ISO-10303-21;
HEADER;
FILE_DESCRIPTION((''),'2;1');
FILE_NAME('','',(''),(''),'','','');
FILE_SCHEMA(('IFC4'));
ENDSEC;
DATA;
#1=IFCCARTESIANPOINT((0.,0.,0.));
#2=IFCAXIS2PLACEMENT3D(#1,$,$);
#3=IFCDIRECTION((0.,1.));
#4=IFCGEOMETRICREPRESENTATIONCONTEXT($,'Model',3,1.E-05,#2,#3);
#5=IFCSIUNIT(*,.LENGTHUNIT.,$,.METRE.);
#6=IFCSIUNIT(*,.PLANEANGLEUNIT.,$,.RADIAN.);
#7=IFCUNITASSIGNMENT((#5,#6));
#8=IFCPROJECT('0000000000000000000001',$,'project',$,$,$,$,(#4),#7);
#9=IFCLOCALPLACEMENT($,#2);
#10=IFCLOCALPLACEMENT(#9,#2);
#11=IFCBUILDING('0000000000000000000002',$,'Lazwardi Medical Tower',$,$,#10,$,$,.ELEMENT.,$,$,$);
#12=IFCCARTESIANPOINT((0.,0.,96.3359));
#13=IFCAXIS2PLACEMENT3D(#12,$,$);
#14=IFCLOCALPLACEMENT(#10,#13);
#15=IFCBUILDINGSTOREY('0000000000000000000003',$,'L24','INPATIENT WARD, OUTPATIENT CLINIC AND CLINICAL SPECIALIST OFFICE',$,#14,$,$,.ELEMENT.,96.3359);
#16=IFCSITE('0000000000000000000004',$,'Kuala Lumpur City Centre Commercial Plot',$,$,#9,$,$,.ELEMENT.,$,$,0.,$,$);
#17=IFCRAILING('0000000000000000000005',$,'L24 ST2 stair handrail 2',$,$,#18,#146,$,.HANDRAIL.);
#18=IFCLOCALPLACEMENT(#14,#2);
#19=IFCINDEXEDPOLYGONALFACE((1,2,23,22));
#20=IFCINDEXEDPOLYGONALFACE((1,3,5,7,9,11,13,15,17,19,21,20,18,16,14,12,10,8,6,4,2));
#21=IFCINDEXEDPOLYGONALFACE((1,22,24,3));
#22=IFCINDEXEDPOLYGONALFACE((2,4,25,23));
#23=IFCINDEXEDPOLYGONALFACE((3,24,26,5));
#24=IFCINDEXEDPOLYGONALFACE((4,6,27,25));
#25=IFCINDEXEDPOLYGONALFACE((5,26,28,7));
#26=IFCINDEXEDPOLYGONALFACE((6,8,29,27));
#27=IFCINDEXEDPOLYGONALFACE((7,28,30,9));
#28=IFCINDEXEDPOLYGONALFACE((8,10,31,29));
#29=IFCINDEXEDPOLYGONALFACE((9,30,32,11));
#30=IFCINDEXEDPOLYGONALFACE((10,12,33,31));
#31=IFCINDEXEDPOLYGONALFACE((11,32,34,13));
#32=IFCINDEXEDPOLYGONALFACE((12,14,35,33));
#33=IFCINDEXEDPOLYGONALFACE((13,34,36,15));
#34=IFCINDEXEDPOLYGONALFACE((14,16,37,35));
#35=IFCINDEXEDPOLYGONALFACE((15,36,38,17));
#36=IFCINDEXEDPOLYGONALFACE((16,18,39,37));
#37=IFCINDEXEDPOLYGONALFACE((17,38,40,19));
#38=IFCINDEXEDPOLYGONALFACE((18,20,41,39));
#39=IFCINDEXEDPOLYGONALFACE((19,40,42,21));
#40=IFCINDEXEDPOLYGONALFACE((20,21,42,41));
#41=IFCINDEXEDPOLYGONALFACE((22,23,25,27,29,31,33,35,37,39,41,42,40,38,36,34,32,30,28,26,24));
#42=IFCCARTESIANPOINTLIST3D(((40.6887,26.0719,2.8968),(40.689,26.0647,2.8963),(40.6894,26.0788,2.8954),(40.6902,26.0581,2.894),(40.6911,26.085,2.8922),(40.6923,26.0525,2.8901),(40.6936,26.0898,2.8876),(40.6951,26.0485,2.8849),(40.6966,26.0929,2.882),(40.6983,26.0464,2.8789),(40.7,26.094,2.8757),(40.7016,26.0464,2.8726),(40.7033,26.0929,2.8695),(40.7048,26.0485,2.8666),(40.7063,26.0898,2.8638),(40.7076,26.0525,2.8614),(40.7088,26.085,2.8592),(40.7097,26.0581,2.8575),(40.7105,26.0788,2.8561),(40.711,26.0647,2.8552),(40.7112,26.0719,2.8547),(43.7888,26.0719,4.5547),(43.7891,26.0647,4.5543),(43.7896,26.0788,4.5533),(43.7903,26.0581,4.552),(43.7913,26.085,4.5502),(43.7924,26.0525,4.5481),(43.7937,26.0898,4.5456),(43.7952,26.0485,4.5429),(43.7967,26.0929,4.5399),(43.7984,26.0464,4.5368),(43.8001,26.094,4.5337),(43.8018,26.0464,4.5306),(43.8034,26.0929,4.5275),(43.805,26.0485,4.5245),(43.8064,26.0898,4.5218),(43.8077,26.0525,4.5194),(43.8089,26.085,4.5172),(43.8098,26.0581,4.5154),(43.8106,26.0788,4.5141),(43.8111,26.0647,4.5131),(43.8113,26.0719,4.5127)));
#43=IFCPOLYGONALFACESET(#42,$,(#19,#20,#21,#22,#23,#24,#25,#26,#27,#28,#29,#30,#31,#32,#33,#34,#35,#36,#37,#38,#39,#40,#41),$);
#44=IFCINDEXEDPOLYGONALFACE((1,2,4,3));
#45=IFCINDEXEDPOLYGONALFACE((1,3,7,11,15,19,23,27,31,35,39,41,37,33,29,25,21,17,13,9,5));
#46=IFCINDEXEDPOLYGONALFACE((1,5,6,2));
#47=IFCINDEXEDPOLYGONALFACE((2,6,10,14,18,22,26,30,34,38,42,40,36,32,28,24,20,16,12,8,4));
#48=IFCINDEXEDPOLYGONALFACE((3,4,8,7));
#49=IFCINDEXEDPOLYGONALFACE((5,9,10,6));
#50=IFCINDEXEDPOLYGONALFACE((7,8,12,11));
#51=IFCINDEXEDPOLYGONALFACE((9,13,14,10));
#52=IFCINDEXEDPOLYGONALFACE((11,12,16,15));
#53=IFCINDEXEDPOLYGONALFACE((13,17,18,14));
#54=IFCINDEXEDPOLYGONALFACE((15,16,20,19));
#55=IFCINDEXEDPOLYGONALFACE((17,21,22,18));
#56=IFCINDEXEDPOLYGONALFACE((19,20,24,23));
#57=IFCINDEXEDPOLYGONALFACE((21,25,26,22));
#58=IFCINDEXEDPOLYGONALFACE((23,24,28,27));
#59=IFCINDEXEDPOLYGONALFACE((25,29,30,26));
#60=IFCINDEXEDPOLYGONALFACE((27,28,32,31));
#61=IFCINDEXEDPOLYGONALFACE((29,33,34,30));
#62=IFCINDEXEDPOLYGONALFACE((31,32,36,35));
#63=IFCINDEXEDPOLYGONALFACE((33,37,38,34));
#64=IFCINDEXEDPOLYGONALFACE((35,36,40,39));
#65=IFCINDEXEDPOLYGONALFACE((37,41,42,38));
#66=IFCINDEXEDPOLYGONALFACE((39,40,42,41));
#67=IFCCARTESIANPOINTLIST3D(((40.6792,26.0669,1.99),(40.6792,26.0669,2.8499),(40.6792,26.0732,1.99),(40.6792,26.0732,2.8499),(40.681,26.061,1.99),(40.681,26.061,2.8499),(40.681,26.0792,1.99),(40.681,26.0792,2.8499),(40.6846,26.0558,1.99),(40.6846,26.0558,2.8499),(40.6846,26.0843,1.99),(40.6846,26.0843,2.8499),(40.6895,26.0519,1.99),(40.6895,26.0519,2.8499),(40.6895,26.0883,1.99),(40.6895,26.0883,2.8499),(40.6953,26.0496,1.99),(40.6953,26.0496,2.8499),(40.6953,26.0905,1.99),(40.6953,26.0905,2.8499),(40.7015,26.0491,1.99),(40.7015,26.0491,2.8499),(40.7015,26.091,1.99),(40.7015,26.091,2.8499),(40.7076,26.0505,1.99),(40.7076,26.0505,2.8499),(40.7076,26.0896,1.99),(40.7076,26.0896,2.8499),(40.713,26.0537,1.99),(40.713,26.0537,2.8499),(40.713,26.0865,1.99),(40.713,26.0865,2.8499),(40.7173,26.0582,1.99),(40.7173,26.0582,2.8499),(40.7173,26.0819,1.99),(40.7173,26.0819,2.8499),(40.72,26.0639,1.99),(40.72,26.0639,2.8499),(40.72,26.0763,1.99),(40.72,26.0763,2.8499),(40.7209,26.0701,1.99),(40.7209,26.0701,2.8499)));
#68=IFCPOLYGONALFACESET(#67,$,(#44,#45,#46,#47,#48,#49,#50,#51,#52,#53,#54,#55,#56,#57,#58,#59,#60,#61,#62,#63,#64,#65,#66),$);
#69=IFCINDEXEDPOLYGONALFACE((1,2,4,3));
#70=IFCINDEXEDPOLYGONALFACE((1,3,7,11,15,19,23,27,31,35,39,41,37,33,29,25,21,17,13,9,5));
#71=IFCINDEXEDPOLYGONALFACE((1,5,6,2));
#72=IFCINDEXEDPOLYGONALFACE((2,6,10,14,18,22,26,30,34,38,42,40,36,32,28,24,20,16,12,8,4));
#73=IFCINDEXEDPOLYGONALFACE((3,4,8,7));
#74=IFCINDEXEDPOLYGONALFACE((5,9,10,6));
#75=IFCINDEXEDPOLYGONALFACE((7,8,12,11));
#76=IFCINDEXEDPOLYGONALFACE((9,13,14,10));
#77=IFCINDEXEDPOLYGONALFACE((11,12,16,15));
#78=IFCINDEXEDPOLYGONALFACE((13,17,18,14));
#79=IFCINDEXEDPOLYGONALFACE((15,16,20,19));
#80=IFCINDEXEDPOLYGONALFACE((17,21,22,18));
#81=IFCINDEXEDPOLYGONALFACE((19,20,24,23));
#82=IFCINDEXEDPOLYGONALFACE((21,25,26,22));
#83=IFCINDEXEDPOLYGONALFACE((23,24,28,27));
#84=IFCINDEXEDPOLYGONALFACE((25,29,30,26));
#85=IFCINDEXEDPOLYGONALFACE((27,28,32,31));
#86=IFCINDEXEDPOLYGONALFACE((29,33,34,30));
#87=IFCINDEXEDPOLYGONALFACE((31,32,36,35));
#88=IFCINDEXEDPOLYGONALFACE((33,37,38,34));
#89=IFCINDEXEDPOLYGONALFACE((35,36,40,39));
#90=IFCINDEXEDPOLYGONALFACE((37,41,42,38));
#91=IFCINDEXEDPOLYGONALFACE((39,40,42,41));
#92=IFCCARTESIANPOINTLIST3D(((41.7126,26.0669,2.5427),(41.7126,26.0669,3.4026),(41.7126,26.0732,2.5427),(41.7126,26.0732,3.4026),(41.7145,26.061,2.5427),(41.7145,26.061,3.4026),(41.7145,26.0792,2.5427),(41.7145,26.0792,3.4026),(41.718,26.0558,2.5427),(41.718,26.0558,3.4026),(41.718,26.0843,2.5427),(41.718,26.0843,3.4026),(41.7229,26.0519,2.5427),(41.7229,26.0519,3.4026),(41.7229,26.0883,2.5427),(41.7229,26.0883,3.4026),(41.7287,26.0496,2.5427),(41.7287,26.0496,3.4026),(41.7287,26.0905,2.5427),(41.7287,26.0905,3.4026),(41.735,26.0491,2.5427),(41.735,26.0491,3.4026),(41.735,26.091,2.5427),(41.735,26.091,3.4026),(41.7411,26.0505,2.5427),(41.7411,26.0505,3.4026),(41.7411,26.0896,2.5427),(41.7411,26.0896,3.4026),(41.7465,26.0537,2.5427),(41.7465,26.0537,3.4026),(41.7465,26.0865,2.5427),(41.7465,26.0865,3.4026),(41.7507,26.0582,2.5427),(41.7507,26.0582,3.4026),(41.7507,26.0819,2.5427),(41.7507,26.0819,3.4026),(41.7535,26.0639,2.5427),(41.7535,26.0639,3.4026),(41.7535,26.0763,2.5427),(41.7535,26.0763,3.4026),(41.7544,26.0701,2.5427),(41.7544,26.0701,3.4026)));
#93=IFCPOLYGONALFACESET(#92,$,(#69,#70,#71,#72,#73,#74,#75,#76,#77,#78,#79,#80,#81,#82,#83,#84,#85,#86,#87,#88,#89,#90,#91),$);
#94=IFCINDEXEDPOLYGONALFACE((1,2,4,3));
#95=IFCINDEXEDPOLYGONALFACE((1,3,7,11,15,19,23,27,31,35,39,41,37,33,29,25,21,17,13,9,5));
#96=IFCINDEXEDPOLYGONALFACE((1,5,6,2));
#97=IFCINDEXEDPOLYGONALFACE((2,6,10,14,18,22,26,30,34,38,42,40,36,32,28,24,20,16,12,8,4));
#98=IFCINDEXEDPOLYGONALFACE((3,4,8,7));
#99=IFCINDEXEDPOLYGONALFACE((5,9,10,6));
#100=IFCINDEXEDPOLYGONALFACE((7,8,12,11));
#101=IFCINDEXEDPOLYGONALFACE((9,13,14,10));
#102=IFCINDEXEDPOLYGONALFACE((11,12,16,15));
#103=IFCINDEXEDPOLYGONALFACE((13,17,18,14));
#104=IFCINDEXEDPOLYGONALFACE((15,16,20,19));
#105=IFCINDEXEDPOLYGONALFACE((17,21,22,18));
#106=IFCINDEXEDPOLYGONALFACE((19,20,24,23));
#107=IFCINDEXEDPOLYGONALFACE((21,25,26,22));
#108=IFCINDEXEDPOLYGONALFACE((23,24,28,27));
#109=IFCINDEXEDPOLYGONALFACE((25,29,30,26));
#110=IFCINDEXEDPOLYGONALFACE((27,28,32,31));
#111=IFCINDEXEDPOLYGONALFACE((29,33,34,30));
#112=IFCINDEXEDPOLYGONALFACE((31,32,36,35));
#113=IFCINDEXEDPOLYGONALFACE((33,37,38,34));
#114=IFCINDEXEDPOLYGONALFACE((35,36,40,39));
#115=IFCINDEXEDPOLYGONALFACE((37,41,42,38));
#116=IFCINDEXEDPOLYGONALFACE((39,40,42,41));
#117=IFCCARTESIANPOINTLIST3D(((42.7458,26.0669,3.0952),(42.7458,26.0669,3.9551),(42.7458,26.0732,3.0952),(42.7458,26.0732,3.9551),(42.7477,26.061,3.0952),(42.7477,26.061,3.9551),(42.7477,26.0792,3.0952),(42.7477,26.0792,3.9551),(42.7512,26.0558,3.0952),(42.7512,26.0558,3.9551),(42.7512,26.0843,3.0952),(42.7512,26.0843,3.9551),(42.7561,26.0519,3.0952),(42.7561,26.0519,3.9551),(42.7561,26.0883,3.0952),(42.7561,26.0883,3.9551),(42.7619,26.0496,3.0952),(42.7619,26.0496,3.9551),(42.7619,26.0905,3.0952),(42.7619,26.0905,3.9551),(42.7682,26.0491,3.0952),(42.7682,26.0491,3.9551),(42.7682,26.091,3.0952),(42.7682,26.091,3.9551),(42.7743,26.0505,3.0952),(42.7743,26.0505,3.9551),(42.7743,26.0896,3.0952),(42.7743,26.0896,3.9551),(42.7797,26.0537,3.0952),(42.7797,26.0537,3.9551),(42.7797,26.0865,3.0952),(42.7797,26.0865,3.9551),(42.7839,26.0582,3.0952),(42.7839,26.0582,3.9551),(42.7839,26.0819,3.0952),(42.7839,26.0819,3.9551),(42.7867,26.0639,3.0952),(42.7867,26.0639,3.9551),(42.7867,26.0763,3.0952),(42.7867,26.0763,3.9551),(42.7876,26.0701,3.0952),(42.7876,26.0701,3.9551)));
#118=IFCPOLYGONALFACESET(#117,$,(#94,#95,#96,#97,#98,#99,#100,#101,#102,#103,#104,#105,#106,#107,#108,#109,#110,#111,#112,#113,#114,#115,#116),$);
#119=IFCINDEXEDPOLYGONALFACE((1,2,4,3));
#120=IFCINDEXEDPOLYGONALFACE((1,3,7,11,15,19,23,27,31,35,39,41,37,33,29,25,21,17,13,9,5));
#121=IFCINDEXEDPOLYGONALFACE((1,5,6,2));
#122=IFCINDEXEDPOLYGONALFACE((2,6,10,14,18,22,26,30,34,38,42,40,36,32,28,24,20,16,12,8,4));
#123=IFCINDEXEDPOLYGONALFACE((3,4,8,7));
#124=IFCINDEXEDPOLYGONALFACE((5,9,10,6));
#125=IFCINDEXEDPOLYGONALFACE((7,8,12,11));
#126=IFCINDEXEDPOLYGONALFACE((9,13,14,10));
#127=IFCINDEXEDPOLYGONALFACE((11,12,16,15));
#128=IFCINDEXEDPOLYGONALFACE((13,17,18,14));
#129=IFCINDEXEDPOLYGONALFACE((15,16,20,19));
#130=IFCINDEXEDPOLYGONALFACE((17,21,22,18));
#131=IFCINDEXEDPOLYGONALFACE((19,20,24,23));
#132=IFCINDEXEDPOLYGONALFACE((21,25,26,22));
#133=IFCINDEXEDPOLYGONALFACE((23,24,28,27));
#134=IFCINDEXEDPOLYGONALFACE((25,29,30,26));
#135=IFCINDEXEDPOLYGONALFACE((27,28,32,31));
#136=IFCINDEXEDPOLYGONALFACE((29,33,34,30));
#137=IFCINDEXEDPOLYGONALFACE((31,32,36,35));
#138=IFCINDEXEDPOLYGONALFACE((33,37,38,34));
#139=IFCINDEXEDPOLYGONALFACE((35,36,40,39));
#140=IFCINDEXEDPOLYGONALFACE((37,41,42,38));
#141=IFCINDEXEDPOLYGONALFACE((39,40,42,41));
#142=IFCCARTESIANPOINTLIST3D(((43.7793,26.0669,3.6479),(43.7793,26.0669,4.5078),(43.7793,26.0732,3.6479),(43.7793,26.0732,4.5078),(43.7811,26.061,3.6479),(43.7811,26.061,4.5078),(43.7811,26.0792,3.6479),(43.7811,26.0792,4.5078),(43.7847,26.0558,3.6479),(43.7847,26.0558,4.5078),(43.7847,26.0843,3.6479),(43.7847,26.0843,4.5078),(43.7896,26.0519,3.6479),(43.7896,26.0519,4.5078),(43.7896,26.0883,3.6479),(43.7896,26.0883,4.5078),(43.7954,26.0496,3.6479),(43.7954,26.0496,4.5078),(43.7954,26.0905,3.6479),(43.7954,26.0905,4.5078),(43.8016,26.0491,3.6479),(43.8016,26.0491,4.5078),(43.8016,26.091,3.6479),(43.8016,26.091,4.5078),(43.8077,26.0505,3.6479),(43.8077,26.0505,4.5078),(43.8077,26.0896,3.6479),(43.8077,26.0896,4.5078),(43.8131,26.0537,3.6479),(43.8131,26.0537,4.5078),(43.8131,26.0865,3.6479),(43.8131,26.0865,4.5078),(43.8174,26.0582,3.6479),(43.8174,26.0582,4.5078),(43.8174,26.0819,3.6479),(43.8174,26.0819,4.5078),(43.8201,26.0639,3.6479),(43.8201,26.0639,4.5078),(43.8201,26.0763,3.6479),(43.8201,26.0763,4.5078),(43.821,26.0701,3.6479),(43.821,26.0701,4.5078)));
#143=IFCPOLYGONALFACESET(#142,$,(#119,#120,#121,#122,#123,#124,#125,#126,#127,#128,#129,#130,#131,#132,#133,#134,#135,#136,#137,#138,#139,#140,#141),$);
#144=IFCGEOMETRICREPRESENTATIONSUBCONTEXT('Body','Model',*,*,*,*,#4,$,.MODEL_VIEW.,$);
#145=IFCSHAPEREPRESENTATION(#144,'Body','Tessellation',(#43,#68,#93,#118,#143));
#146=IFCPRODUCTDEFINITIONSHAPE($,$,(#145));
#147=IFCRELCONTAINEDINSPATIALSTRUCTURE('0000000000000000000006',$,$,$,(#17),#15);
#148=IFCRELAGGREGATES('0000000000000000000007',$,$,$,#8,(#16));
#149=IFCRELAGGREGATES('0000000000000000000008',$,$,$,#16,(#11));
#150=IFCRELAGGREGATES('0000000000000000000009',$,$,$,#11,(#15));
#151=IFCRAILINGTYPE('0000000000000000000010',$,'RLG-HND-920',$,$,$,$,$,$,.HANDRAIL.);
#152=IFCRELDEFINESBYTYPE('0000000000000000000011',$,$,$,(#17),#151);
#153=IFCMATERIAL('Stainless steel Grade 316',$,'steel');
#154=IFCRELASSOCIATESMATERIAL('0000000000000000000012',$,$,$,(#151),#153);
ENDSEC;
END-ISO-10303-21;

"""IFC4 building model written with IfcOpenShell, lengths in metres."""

from ifc_helpers import new_model, si_unit, direction, frame, origin, origin_2d, place, context, subcontext, project, spatial, circle, extrude, material, type_object, element, save


model = new_model("IFC4")

# Units and contexts
model_context = context("Model", 3, precision=1e-05, world=origin(), true_north=direction((0.0, 1.0)))
body_context = subcontext(model_context, "Body", "Model", "MODEL_VIEW")
ifc_project = project(units=[si_unit("LENGTHUNIT", "METRE"), si_unit("PLANEANGLEUNIT", "RADIAN")], contexts=[model_context])

# Site, building, storey
site_placement = place(None, origin())
site = spatial("IfcSite", under=ifc_project, at=site_placement, Name="Kuala Lumpur City Centre Commercial Plot", CompositionType="ELEMENT", RefElevation=0.0)
building_placement = place(site_placement, origin())
building = spatial("IfcBuilding", under=site, at=building_placement, Name="Lazwardi Medical Tower", CompositionType="ELEMENT")
storey_placement = place(building_placement, frame((0.0, 0.0, 96.3359)))
storey = spatial("IfcBuildingStorey", under=building, at=storey_placement, Name="L24", Description="INPATIENT WARD, OUTPATIENT CLINIC AND CLINICAL SPECIALIST OFFICE", CompositionType="ELEMENT", Elevation=96.3359)

# Railing
ifc_material_1 = material(Name="Stainless steel Grade 316", Category="steel")
railing_type_1 = type_object("IfcRailingType", Name="RLG-HND-920", PredefinedType="HANDRAIL", material=ifc_material_1)
railing_1_placement = place(storey_placement, frame((40.7, 26.0701, 1.99)))
element("IfcRailing", 1, at=railing_1_placement, inside=storey, type_object=railing_type_1, Name="L24 ST2 stair handrail 2", PredefinedType="HANDRAIL", context=body_context, shape_type="SweptSolid", body=[
    extrude(circle(Radius=0.0239, at=origin_2d()), frame((0.0, 0.0, 0.8857), z_axis=(0.881812, 0.0, 0.471601), x_axis=(0.0, 1.0, 0.0)), (0.0, 0.0, 1.0), 3.5156),
    extrude(circle(Radius=0.021, at=origin_2d()), origin(), (0.0, 0.0, 1.0), 0.8599),
    extrude(circle(Radius=0.021, at=origin_2d()), frame((1.0334, 0.0, 0.5527)), (0.0, 0.0, 1.0), 0.8599),
    extrude(circle(Radius=0.021, at=origin_2d()), frame((2.0667, 0.0, 1.1052)), (0.0, 0.0, 1.0), 0.8599),
    extrude(circle(Radius=0.021, at=origin_2d()), frame((3.1001, 0.0, 1.658)), (0.0, 0.0, 1.0), 0.8599),
])

save(model, "model.ifc")
